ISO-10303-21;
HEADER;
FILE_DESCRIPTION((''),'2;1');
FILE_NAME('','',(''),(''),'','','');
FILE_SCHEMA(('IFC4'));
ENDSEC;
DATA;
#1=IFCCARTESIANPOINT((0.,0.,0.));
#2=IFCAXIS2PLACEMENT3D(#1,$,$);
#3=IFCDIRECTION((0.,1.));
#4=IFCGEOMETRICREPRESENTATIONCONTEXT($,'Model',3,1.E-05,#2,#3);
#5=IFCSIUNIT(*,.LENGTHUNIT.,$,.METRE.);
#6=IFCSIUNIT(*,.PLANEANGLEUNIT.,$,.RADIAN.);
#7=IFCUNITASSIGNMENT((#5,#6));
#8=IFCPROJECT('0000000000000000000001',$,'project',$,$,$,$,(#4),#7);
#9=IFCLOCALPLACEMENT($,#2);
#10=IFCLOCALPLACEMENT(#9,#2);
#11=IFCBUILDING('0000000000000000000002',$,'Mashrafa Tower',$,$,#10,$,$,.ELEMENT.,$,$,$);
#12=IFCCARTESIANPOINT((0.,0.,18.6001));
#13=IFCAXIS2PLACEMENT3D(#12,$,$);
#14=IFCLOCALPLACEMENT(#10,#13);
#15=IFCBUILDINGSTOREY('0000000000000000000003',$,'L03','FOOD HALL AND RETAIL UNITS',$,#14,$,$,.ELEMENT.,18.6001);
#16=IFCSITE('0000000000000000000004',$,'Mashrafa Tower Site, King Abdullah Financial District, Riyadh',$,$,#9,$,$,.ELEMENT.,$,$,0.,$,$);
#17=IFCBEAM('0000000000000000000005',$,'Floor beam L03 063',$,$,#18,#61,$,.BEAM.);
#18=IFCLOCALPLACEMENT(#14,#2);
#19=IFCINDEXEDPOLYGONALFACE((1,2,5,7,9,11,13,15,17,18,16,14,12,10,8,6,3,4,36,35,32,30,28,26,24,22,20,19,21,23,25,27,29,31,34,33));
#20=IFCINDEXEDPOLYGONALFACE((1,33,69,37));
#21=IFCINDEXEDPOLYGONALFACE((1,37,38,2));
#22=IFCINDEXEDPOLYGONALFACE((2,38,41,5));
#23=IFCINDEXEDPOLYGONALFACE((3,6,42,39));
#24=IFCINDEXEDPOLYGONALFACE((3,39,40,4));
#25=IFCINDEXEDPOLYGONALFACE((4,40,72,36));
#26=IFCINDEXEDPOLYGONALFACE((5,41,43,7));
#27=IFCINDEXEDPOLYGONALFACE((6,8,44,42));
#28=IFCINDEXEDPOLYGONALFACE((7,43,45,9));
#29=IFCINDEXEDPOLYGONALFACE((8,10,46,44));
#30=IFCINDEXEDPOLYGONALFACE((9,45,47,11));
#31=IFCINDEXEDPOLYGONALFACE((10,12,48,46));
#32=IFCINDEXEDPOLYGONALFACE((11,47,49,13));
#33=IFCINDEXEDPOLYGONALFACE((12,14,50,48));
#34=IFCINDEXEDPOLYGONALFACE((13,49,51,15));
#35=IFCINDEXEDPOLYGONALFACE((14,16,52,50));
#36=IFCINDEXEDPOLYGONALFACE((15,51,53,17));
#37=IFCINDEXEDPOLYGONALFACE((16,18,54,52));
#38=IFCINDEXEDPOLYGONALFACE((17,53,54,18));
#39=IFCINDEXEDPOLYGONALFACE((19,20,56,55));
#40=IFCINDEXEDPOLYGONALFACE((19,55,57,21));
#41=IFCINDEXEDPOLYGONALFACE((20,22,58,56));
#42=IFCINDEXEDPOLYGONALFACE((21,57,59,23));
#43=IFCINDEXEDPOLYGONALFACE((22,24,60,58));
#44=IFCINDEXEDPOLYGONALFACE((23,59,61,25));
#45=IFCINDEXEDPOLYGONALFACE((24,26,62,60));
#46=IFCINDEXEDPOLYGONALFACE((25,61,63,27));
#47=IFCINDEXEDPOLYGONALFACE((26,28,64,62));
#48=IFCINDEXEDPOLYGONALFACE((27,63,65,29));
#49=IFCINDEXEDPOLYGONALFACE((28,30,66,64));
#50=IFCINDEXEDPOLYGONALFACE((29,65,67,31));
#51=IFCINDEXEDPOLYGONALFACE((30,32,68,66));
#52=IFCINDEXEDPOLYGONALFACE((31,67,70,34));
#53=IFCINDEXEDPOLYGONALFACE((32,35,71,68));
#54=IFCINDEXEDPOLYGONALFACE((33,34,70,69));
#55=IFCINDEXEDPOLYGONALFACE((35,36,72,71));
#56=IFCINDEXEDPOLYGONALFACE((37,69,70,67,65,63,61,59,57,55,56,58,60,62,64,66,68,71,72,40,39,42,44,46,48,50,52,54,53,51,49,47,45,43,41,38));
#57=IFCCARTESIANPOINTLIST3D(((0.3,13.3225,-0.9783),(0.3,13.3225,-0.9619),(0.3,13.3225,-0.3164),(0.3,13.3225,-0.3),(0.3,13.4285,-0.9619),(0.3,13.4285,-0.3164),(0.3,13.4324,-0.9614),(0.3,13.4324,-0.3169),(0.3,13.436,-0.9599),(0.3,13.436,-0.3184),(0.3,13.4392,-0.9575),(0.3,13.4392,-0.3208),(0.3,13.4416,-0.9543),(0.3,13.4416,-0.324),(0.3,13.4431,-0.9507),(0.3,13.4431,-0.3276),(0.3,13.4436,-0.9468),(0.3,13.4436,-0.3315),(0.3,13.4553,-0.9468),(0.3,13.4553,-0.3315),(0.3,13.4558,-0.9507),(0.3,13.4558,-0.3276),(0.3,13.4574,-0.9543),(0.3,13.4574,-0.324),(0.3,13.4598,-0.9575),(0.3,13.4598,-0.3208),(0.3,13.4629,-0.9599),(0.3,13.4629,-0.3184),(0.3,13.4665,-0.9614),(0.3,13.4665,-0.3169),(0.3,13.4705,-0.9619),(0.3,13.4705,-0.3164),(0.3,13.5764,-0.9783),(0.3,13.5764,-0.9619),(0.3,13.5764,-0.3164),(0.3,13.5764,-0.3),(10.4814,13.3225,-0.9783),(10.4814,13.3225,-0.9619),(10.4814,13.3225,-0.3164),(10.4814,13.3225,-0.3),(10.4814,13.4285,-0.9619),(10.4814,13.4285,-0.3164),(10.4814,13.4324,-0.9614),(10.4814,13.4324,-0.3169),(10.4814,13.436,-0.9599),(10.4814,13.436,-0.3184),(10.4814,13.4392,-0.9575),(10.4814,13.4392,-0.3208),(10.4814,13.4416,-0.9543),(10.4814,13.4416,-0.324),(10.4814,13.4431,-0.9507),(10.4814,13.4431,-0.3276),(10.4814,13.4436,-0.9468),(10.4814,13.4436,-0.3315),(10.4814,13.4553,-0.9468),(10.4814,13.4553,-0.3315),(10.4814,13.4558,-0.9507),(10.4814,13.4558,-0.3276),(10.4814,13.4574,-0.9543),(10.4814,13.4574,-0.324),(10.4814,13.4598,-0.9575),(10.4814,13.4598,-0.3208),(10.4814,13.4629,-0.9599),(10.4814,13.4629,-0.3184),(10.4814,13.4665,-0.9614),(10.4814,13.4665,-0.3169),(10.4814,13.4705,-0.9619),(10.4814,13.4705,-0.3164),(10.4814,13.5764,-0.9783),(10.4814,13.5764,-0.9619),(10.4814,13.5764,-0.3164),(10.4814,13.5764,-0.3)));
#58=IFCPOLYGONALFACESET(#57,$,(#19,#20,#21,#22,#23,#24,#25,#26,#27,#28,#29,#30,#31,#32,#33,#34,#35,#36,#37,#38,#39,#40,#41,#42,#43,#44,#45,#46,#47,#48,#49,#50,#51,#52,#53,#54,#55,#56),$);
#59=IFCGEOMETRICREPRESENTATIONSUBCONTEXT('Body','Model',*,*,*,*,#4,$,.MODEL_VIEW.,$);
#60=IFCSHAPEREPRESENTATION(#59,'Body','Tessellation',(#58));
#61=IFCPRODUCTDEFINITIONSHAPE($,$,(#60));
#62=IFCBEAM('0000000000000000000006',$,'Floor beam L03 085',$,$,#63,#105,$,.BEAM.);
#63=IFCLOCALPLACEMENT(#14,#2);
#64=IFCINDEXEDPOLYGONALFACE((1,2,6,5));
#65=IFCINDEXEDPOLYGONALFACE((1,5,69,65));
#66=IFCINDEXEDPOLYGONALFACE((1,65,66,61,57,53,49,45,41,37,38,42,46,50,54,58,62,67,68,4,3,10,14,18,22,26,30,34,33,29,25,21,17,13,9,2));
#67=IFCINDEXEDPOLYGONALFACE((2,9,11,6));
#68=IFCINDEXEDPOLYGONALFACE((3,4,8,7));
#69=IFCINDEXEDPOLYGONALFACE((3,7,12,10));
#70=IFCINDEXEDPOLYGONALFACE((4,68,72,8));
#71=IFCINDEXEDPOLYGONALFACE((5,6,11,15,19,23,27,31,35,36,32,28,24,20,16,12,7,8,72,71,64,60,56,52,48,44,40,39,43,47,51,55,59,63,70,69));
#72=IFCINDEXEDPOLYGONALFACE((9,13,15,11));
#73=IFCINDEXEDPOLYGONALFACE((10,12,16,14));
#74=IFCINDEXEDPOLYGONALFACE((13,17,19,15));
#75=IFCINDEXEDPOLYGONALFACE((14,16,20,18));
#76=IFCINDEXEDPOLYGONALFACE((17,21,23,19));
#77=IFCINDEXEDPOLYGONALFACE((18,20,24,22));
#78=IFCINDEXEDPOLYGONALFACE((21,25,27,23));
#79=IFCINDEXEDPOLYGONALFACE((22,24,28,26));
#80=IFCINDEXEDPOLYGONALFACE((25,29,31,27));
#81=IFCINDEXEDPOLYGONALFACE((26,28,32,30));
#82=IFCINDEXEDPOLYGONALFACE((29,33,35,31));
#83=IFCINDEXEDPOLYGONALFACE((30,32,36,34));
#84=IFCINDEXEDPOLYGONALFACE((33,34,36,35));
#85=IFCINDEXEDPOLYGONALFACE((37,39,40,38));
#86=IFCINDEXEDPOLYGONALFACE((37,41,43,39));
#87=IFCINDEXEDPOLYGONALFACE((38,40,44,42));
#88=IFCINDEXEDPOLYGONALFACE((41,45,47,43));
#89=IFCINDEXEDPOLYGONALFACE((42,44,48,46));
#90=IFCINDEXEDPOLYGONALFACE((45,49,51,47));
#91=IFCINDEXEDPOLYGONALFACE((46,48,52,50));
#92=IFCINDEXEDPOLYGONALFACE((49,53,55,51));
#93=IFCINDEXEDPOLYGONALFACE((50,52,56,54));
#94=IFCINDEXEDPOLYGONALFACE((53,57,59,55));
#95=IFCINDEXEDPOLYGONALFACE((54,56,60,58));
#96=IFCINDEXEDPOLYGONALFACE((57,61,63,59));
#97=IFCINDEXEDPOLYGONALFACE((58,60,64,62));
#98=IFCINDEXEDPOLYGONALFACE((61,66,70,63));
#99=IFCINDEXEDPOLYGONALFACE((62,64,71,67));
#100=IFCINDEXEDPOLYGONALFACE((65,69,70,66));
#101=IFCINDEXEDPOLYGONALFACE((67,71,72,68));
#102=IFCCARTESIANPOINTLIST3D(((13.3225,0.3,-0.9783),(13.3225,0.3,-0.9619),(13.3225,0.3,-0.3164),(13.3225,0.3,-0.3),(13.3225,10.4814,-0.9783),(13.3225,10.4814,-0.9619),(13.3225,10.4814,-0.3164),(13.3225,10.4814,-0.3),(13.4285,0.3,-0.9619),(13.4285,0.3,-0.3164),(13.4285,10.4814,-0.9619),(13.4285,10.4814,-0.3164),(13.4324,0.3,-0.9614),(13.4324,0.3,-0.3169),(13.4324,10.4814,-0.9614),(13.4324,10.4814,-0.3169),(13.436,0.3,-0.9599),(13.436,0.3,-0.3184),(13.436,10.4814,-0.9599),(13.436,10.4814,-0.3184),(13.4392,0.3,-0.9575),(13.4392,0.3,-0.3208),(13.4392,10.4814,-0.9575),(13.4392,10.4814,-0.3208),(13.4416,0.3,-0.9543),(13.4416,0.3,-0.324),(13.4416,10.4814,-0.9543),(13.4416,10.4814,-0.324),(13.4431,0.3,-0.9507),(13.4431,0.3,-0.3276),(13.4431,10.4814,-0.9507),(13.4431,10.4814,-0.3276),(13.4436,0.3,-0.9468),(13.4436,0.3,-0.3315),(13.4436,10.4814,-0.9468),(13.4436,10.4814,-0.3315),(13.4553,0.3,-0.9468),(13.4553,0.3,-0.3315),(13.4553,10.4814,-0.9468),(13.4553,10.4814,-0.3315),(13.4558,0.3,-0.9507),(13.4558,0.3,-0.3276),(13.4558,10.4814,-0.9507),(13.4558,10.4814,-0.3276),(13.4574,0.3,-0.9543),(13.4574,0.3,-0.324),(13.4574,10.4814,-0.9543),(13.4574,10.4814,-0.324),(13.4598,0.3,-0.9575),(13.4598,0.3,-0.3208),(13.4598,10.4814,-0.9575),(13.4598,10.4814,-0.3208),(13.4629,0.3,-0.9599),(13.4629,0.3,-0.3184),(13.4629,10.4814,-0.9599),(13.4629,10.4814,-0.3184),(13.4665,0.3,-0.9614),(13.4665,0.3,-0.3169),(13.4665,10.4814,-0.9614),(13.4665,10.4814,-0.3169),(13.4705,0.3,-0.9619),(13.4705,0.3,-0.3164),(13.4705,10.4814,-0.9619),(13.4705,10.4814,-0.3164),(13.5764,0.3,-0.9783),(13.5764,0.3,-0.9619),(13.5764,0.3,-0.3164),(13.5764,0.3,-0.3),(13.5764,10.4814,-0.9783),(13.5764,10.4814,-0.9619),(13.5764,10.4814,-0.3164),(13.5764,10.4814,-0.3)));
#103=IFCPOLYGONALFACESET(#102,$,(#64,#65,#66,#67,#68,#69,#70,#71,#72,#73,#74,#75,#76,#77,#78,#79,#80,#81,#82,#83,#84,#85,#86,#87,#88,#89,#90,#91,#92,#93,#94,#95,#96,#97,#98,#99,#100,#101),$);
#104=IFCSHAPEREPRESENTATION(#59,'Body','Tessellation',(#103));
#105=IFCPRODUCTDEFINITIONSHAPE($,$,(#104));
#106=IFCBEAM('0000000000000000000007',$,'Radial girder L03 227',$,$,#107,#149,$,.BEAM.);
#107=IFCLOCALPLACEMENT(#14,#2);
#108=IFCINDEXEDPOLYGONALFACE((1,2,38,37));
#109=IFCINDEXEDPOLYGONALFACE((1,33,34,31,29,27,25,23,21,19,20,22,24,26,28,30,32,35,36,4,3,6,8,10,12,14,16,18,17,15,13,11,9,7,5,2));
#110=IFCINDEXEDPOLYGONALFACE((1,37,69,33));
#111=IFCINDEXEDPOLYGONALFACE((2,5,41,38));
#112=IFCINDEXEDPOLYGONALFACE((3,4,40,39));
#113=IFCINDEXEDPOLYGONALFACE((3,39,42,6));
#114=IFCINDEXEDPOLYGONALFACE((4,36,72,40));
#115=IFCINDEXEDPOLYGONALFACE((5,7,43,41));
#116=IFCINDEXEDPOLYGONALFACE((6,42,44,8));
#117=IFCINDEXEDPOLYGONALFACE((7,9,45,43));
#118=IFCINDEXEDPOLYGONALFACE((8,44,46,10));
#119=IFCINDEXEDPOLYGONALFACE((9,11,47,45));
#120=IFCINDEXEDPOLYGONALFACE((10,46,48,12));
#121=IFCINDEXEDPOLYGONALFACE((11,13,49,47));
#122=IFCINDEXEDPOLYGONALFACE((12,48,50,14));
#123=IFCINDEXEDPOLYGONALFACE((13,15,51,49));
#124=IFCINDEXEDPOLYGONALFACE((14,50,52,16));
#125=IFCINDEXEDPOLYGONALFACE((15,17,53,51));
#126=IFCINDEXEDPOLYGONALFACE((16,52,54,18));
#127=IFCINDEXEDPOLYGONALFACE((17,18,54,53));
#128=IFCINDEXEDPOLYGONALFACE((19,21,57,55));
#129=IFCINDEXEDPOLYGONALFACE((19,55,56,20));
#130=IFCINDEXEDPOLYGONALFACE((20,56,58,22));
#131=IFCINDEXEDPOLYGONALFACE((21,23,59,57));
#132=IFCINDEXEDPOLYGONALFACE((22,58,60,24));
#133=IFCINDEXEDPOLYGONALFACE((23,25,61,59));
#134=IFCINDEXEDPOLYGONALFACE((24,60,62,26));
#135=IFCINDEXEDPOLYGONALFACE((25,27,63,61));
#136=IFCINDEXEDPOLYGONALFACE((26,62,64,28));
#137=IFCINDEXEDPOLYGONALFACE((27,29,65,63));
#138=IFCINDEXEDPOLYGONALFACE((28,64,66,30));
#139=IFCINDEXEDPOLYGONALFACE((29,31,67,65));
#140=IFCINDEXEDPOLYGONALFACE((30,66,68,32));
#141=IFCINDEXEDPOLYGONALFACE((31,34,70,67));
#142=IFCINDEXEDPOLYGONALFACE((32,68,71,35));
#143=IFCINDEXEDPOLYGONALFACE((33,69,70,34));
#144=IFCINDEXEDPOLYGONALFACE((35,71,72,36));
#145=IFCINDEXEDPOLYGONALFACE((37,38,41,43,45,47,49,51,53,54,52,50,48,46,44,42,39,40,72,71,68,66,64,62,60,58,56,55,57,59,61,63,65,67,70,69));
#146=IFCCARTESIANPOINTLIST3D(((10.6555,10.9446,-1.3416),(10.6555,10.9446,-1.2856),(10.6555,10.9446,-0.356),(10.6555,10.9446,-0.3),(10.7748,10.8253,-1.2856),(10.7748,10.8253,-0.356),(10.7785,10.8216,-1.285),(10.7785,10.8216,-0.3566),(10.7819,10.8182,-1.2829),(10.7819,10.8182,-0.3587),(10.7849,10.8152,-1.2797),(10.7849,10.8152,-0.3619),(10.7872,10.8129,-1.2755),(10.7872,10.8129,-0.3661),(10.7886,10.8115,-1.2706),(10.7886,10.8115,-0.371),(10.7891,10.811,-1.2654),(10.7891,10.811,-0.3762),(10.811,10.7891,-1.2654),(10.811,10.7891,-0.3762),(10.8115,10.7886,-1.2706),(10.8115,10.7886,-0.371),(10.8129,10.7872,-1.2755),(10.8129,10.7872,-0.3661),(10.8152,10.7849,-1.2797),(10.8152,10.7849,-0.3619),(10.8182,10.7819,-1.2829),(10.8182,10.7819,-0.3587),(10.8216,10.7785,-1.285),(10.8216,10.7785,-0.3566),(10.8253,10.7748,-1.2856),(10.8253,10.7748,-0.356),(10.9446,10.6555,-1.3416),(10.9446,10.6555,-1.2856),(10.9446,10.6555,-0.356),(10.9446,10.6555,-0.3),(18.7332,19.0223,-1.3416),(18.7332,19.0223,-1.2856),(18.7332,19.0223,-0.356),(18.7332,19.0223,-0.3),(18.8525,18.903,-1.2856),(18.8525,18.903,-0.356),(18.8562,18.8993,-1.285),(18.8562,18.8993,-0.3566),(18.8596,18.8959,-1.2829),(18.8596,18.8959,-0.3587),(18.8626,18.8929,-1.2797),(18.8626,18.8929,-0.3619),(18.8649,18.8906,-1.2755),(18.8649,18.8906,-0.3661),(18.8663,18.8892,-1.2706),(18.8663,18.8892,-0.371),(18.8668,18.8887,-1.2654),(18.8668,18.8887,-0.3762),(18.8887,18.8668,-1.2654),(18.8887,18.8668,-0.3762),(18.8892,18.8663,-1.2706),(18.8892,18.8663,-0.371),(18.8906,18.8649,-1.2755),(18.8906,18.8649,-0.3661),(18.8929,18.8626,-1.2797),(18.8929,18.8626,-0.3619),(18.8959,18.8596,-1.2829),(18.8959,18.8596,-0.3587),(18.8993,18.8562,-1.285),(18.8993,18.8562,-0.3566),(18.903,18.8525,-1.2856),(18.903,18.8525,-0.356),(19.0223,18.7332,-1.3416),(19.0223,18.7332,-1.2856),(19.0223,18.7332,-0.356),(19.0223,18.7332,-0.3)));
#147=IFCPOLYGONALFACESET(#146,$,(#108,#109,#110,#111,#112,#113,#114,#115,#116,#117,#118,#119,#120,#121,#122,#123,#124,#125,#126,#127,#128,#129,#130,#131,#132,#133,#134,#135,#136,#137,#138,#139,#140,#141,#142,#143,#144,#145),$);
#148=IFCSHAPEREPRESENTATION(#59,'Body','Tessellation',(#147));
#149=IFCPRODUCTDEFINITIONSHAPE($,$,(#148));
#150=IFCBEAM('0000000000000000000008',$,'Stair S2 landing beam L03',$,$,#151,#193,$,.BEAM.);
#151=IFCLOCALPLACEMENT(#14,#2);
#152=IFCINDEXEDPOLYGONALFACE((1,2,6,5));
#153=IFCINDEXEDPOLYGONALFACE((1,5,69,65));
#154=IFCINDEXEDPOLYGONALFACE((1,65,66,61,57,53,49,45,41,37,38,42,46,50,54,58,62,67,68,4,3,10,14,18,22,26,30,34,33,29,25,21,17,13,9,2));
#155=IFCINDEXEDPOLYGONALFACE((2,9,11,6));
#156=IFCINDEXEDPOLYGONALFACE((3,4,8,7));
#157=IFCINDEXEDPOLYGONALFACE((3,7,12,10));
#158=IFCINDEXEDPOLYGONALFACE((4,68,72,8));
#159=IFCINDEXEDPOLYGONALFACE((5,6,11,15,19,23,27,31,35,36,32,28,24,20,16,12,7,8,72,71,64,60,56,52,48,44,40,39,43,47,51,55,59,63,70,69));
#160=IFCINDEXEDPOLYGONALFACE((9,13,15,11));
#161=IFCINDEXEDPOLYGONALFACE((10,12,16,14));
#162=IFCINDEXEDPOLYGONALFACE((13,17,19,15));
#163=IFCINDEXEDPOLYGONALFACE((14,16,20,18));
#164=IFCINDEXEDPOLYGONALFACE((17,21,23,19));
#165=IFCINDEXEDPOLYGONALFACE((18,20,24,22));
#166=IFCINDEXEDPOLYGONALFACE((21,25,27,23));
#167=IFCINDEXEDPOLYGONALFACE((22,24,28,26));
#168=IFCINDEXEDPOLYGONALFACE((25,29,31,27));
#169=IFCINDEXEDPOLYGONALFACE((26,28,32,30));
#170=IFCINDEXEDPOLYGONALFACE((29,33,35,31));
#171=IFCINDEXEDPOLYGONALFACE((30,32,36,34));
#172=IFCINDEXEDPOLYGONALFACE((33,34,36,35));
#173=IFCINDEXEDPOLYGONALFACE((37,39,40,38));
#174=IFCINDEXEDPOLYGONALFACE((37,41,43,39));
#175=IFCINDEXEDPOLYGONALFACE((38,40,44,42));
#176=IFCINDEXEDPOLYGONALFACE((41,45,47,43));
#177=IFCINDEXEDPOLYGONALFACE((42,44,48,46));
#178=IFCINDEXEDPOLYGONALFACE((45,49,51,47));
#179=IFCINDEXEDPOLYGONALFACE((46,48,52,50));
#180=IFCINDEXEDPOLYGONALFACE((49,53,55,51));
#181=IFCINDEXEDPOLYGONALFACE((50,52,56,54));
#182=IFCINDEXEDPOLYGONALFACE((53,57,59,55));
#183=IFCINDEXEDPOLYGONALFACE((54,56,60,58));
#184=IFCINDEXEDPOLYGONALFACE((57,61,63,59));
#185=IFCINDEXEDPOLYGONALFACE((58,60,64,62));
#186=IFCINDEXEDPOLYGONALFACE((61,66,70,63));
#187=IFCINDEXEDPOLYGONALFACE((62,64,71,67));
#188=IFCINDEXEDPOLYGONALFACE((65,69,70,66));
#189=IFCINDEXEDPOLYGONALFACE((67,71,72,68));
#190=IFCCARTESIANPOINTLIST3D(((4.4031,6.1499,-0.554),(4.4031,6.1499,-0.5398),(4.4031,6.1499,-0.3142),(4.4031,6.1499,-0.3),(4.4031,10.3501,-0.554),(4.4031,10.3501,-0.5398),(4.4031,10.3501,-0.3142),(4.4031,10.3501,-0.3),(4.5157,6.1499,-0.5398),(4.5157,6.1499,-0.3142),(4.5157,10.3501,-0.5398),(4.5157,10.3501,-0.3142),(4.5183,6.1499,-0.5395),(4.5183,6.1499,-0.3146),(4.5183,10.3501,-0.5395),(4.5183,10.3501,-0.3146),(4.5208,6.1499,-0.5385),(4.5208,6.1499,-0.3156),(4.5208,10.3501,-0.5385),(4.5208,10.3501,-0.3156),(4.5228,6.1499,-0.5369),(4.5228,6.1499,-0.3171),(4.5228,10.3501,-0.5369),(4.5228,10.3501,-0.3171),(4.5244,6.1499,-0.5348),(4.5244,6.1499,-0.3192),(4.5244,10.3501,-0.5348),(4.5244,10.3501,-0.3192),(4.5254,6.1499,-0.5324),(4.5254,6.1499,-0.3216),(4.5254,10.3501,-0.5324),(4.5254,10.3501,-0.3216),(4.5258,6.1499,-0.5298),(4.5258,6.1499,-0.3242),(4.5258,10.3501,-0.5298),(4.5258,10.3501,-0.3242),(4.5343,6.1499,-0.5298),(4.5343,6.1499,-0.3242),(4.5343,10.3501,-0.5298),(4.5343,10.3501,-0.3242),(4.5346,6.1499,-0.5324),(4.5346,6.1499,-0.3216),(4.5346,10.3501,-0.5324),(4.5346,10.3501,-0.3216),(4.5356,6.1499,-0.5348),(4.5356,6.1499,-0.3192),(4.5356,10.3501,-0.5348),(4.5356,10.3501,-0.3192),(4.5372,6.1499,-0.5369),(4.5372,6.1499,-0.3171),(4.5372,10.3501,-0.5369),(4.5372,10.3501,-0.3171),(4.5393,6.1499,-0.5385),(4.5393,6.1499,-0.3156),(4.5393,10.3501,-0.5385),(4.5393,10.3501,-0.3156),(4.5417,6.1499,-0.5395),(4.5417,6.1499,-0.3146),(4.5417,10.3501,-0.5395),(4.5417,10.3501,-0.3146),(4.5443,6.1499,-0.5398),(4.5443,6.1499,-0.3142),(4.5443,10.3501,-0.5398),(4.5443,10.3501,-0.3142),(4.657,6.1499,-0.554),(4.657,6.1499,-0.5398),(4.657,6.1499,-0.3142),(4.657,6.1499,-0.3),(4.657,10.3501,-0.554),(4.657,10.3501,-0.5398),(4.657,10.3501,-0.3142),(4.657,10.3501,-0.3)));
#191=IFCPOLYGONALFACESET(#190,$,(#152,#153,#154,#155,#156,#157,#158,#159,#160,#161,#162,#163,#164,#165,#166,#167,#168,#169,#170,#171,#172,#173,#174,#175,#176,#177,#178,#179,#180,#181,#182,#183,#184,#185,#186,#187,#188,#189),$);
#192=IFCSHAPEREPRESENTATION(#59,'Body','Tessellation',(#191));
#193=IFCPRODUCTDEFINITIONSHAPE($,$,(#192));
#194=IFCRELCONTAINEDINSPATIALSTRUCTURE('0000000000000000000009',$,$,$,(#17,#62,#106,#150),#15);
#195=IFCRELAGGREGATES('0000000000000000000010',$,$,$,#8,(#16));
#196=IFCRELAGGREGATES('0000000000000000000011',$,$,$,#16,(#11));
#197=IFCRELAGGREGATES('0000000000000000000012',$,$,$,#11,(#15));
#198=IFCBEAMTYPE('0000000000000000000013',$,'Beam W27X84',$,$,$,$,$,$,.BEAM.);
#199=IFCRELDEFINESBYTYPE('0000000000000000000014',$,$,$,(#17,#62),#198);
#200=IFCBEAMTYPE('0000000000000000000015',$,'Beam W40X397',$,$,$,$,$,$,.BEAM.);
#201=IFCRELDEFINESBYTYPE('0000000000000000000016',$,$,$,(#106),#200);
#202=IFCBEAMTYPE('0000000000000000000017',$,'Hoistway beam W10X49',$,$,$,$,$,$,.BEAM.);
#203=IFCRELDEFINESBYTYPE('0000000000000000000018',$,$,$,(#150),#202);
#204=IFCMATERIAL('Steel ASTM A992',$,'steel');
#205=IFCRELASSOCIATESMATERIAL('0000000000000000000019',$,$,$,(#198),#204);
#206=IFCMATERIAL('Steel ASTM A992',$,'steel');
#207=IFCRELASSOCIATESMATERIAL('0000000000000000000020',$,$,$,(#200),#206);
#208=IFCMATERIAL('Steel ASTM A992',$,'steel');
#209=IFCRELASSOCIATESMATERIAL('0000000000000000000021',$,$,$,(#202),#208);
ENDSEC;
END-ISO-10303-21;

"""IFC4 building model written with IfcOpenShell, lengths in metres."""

from ifc_helpers import new_model, si_unit, direction, frame, origin, origin_2d, place, context, subcontext, project, spatial, i_section, extrude, material, material_profile, profile_set, type_object, element, save


model = new_model("IFC4")

# Units and contexts
model_context = context("Model", 3, precision=1e-05, world=origin(), true_north=direction((0.0, 1.0)))
body_context = subcontext(model_context, "Body", "Model", "MODEL_VIEW")
ifc_project = project(units=[si_unit("LENGTHUNIT", "METRE"), si_unit("PLANEANGLEUNIT", "RADIAN")], contexts=[model_context])

# Site, building, storey
site_placement = place(None, origin())
site = spatial("IfcSite", under=ifc_project, at=site_placement, Name="Mashrafa Tower Site, King Abdullah Financial District, Riyadh", CompositionType="ELEMENT", RefElevation=0.0)
building_placement = place(site_placement, origin())
building = spatial("IfcBuilding", under=site, at=building_placement, Name="Mashrafa Tower", CompositionType="ELEMENT")
storey_placement = place(building_placement, frame((0.0, 0.0, 18.6001)))
storey = spatial("IfcBuildingStorey", under=building, at=storey_placement, Name="L03", Description="FOOD HALL AND RETAIL UNITS", CompositionType="ELEMENT", Elevation=18.6001)

# Beams
ifc_material_1 = material(Name="Steel ASTM A992", Category="steel")
ifc_material_profile_1 = material_profile(ifc_material_1, i_section(OverallWidth=0.2539, OverallDepth=0.6782, WebThickness=0.0117, FlangeThickness=0.0164, FilletRadius=0.0151, at=origin_2d()), Name="W27X84")
ifc_profile_set_1 = profile_set([ifc_material_profile_1], Name="Steel ASTM A992")
beam_type_1 = type_object("IfcBeamType", Name="Beam W27X84", PredefinedType="BEAM", material=ifc_profile_set_1)
for number, where, z_axis, x_axis, name in (
    (1, (0.3, 13.4495, -0.6392), (1.0, 0.0, 0.0), (0.0, 1.0, 0.0), "Floor beam L03 063"),
    (2, (13.4495, 10.4814, -0.6392), (0.0, -1.0, 0.0), (1.0, 0.0, 0.0), "Floor beam L03 085"),
):
    element("IfcBeam", number, at=place(storey_placement, frame(where, z_axis=z_axis, x_axis=x_axis)), inside=storey, type_object=beam_type_1, Name=name, PredefinedType="BEAM", context=body_context, shape_type="SweptSolid", body=[
        extrude(i_section(OverallWidth=0.2539, OverallDepth=0.6782, WebThickness=0.0117, FlangeThickness=0.0164, FilletRadius=0.0151, at=origin_2d()), origin(), (0.0, 0.0, 1.0), 10.1814),
    ])
ifc_material_2 = material(Name="Steel ASTM A992", Category="steel")
ifc_material_profile_2 = material_profile(ifc_material_2, i_section(OverallWidth=0.4089, OverallDepth=1.0415, WebThickness=0.031, FlangeThickness=0.0559, FilletRadius=0.0203, at=origin_2d()), Name="W40X397")
ifc_profile_set_2 = profile_set([ifc_material_profile_2], Name="Steel ASTM A992")
beam_type_2 = type_object("IfcBeamType", Name="Beam W40X397", PredefinedType="BEAM", material=ifc_profile_set_2)
beam_1_placement = place(storey_placement, frame((10.8, 10.8, -0.8208), z_axis=(0.707107, 0.707107, 0.0), x_axis=(-0.707107, 0.707107, 0.0)))
element("IfcBeam", 3, at=beam_1_placement, inside=storey, type_object=beam_type_2, Name="Radial girder L03 227", PredefinedType="BEAM", context=body_context, shape_type="SweptSolid", body=[
    extrude(i_section(OverallWidth=0.4089, OverallDepth=1.0415, WebThickness=0.031, FlangeThickness=0.0559, FilletRadius=0.0203, at=origin_2d()), origin(), (0.0, 0.0, 1.0), 11.4236),
])
ifc_material_3 = material(Name="Steel ASTM A992", Category="steel")
ifc_material_profile_3 = material_profile(ifc_material_3, i_section(OverallWidth=0.2539, OverallDepth=0.2539, WebThickness=0.0085, FlangeThickness=0.0142, FilletRadius=0.01, at=origin_2d()), Name="W10X49")
ifc_profile_set_3 = profile_set([ifc_material_profile_3], Name="Steel ASTM A992")
beam_type_3 = type_object("IfcBeamType", Name="Hoistway beam W10X49", PredefinedType="BEAM", material=ifc_profile_set_3)
beam_2_placement = place(storey_placement, frame((4.53, 6.1499, -0.427), z_axis=(0.0, 1.0, 0.0), x_axis=(-1.0, 0.0, 0.0)))
element("IfcBeam", 4, at=beam_2_placement, inside=storey, type_object=beam_type_3, Name="Stair S2 landing beam L03", PredefinedType="BEAM", context=body_context, shape_type="SweptSolid", body=[
    extrude(i_section(OverallWidth=0.2539, OverallDepth=0.2539, WebThickness=0.0085, FlangeThickness=0.0142, FilletRadius=0.01, at=origin_2d()), origin(), (0.0, 0.0, 1.0), 4.2002),
])

save(model, "model.ifc")
